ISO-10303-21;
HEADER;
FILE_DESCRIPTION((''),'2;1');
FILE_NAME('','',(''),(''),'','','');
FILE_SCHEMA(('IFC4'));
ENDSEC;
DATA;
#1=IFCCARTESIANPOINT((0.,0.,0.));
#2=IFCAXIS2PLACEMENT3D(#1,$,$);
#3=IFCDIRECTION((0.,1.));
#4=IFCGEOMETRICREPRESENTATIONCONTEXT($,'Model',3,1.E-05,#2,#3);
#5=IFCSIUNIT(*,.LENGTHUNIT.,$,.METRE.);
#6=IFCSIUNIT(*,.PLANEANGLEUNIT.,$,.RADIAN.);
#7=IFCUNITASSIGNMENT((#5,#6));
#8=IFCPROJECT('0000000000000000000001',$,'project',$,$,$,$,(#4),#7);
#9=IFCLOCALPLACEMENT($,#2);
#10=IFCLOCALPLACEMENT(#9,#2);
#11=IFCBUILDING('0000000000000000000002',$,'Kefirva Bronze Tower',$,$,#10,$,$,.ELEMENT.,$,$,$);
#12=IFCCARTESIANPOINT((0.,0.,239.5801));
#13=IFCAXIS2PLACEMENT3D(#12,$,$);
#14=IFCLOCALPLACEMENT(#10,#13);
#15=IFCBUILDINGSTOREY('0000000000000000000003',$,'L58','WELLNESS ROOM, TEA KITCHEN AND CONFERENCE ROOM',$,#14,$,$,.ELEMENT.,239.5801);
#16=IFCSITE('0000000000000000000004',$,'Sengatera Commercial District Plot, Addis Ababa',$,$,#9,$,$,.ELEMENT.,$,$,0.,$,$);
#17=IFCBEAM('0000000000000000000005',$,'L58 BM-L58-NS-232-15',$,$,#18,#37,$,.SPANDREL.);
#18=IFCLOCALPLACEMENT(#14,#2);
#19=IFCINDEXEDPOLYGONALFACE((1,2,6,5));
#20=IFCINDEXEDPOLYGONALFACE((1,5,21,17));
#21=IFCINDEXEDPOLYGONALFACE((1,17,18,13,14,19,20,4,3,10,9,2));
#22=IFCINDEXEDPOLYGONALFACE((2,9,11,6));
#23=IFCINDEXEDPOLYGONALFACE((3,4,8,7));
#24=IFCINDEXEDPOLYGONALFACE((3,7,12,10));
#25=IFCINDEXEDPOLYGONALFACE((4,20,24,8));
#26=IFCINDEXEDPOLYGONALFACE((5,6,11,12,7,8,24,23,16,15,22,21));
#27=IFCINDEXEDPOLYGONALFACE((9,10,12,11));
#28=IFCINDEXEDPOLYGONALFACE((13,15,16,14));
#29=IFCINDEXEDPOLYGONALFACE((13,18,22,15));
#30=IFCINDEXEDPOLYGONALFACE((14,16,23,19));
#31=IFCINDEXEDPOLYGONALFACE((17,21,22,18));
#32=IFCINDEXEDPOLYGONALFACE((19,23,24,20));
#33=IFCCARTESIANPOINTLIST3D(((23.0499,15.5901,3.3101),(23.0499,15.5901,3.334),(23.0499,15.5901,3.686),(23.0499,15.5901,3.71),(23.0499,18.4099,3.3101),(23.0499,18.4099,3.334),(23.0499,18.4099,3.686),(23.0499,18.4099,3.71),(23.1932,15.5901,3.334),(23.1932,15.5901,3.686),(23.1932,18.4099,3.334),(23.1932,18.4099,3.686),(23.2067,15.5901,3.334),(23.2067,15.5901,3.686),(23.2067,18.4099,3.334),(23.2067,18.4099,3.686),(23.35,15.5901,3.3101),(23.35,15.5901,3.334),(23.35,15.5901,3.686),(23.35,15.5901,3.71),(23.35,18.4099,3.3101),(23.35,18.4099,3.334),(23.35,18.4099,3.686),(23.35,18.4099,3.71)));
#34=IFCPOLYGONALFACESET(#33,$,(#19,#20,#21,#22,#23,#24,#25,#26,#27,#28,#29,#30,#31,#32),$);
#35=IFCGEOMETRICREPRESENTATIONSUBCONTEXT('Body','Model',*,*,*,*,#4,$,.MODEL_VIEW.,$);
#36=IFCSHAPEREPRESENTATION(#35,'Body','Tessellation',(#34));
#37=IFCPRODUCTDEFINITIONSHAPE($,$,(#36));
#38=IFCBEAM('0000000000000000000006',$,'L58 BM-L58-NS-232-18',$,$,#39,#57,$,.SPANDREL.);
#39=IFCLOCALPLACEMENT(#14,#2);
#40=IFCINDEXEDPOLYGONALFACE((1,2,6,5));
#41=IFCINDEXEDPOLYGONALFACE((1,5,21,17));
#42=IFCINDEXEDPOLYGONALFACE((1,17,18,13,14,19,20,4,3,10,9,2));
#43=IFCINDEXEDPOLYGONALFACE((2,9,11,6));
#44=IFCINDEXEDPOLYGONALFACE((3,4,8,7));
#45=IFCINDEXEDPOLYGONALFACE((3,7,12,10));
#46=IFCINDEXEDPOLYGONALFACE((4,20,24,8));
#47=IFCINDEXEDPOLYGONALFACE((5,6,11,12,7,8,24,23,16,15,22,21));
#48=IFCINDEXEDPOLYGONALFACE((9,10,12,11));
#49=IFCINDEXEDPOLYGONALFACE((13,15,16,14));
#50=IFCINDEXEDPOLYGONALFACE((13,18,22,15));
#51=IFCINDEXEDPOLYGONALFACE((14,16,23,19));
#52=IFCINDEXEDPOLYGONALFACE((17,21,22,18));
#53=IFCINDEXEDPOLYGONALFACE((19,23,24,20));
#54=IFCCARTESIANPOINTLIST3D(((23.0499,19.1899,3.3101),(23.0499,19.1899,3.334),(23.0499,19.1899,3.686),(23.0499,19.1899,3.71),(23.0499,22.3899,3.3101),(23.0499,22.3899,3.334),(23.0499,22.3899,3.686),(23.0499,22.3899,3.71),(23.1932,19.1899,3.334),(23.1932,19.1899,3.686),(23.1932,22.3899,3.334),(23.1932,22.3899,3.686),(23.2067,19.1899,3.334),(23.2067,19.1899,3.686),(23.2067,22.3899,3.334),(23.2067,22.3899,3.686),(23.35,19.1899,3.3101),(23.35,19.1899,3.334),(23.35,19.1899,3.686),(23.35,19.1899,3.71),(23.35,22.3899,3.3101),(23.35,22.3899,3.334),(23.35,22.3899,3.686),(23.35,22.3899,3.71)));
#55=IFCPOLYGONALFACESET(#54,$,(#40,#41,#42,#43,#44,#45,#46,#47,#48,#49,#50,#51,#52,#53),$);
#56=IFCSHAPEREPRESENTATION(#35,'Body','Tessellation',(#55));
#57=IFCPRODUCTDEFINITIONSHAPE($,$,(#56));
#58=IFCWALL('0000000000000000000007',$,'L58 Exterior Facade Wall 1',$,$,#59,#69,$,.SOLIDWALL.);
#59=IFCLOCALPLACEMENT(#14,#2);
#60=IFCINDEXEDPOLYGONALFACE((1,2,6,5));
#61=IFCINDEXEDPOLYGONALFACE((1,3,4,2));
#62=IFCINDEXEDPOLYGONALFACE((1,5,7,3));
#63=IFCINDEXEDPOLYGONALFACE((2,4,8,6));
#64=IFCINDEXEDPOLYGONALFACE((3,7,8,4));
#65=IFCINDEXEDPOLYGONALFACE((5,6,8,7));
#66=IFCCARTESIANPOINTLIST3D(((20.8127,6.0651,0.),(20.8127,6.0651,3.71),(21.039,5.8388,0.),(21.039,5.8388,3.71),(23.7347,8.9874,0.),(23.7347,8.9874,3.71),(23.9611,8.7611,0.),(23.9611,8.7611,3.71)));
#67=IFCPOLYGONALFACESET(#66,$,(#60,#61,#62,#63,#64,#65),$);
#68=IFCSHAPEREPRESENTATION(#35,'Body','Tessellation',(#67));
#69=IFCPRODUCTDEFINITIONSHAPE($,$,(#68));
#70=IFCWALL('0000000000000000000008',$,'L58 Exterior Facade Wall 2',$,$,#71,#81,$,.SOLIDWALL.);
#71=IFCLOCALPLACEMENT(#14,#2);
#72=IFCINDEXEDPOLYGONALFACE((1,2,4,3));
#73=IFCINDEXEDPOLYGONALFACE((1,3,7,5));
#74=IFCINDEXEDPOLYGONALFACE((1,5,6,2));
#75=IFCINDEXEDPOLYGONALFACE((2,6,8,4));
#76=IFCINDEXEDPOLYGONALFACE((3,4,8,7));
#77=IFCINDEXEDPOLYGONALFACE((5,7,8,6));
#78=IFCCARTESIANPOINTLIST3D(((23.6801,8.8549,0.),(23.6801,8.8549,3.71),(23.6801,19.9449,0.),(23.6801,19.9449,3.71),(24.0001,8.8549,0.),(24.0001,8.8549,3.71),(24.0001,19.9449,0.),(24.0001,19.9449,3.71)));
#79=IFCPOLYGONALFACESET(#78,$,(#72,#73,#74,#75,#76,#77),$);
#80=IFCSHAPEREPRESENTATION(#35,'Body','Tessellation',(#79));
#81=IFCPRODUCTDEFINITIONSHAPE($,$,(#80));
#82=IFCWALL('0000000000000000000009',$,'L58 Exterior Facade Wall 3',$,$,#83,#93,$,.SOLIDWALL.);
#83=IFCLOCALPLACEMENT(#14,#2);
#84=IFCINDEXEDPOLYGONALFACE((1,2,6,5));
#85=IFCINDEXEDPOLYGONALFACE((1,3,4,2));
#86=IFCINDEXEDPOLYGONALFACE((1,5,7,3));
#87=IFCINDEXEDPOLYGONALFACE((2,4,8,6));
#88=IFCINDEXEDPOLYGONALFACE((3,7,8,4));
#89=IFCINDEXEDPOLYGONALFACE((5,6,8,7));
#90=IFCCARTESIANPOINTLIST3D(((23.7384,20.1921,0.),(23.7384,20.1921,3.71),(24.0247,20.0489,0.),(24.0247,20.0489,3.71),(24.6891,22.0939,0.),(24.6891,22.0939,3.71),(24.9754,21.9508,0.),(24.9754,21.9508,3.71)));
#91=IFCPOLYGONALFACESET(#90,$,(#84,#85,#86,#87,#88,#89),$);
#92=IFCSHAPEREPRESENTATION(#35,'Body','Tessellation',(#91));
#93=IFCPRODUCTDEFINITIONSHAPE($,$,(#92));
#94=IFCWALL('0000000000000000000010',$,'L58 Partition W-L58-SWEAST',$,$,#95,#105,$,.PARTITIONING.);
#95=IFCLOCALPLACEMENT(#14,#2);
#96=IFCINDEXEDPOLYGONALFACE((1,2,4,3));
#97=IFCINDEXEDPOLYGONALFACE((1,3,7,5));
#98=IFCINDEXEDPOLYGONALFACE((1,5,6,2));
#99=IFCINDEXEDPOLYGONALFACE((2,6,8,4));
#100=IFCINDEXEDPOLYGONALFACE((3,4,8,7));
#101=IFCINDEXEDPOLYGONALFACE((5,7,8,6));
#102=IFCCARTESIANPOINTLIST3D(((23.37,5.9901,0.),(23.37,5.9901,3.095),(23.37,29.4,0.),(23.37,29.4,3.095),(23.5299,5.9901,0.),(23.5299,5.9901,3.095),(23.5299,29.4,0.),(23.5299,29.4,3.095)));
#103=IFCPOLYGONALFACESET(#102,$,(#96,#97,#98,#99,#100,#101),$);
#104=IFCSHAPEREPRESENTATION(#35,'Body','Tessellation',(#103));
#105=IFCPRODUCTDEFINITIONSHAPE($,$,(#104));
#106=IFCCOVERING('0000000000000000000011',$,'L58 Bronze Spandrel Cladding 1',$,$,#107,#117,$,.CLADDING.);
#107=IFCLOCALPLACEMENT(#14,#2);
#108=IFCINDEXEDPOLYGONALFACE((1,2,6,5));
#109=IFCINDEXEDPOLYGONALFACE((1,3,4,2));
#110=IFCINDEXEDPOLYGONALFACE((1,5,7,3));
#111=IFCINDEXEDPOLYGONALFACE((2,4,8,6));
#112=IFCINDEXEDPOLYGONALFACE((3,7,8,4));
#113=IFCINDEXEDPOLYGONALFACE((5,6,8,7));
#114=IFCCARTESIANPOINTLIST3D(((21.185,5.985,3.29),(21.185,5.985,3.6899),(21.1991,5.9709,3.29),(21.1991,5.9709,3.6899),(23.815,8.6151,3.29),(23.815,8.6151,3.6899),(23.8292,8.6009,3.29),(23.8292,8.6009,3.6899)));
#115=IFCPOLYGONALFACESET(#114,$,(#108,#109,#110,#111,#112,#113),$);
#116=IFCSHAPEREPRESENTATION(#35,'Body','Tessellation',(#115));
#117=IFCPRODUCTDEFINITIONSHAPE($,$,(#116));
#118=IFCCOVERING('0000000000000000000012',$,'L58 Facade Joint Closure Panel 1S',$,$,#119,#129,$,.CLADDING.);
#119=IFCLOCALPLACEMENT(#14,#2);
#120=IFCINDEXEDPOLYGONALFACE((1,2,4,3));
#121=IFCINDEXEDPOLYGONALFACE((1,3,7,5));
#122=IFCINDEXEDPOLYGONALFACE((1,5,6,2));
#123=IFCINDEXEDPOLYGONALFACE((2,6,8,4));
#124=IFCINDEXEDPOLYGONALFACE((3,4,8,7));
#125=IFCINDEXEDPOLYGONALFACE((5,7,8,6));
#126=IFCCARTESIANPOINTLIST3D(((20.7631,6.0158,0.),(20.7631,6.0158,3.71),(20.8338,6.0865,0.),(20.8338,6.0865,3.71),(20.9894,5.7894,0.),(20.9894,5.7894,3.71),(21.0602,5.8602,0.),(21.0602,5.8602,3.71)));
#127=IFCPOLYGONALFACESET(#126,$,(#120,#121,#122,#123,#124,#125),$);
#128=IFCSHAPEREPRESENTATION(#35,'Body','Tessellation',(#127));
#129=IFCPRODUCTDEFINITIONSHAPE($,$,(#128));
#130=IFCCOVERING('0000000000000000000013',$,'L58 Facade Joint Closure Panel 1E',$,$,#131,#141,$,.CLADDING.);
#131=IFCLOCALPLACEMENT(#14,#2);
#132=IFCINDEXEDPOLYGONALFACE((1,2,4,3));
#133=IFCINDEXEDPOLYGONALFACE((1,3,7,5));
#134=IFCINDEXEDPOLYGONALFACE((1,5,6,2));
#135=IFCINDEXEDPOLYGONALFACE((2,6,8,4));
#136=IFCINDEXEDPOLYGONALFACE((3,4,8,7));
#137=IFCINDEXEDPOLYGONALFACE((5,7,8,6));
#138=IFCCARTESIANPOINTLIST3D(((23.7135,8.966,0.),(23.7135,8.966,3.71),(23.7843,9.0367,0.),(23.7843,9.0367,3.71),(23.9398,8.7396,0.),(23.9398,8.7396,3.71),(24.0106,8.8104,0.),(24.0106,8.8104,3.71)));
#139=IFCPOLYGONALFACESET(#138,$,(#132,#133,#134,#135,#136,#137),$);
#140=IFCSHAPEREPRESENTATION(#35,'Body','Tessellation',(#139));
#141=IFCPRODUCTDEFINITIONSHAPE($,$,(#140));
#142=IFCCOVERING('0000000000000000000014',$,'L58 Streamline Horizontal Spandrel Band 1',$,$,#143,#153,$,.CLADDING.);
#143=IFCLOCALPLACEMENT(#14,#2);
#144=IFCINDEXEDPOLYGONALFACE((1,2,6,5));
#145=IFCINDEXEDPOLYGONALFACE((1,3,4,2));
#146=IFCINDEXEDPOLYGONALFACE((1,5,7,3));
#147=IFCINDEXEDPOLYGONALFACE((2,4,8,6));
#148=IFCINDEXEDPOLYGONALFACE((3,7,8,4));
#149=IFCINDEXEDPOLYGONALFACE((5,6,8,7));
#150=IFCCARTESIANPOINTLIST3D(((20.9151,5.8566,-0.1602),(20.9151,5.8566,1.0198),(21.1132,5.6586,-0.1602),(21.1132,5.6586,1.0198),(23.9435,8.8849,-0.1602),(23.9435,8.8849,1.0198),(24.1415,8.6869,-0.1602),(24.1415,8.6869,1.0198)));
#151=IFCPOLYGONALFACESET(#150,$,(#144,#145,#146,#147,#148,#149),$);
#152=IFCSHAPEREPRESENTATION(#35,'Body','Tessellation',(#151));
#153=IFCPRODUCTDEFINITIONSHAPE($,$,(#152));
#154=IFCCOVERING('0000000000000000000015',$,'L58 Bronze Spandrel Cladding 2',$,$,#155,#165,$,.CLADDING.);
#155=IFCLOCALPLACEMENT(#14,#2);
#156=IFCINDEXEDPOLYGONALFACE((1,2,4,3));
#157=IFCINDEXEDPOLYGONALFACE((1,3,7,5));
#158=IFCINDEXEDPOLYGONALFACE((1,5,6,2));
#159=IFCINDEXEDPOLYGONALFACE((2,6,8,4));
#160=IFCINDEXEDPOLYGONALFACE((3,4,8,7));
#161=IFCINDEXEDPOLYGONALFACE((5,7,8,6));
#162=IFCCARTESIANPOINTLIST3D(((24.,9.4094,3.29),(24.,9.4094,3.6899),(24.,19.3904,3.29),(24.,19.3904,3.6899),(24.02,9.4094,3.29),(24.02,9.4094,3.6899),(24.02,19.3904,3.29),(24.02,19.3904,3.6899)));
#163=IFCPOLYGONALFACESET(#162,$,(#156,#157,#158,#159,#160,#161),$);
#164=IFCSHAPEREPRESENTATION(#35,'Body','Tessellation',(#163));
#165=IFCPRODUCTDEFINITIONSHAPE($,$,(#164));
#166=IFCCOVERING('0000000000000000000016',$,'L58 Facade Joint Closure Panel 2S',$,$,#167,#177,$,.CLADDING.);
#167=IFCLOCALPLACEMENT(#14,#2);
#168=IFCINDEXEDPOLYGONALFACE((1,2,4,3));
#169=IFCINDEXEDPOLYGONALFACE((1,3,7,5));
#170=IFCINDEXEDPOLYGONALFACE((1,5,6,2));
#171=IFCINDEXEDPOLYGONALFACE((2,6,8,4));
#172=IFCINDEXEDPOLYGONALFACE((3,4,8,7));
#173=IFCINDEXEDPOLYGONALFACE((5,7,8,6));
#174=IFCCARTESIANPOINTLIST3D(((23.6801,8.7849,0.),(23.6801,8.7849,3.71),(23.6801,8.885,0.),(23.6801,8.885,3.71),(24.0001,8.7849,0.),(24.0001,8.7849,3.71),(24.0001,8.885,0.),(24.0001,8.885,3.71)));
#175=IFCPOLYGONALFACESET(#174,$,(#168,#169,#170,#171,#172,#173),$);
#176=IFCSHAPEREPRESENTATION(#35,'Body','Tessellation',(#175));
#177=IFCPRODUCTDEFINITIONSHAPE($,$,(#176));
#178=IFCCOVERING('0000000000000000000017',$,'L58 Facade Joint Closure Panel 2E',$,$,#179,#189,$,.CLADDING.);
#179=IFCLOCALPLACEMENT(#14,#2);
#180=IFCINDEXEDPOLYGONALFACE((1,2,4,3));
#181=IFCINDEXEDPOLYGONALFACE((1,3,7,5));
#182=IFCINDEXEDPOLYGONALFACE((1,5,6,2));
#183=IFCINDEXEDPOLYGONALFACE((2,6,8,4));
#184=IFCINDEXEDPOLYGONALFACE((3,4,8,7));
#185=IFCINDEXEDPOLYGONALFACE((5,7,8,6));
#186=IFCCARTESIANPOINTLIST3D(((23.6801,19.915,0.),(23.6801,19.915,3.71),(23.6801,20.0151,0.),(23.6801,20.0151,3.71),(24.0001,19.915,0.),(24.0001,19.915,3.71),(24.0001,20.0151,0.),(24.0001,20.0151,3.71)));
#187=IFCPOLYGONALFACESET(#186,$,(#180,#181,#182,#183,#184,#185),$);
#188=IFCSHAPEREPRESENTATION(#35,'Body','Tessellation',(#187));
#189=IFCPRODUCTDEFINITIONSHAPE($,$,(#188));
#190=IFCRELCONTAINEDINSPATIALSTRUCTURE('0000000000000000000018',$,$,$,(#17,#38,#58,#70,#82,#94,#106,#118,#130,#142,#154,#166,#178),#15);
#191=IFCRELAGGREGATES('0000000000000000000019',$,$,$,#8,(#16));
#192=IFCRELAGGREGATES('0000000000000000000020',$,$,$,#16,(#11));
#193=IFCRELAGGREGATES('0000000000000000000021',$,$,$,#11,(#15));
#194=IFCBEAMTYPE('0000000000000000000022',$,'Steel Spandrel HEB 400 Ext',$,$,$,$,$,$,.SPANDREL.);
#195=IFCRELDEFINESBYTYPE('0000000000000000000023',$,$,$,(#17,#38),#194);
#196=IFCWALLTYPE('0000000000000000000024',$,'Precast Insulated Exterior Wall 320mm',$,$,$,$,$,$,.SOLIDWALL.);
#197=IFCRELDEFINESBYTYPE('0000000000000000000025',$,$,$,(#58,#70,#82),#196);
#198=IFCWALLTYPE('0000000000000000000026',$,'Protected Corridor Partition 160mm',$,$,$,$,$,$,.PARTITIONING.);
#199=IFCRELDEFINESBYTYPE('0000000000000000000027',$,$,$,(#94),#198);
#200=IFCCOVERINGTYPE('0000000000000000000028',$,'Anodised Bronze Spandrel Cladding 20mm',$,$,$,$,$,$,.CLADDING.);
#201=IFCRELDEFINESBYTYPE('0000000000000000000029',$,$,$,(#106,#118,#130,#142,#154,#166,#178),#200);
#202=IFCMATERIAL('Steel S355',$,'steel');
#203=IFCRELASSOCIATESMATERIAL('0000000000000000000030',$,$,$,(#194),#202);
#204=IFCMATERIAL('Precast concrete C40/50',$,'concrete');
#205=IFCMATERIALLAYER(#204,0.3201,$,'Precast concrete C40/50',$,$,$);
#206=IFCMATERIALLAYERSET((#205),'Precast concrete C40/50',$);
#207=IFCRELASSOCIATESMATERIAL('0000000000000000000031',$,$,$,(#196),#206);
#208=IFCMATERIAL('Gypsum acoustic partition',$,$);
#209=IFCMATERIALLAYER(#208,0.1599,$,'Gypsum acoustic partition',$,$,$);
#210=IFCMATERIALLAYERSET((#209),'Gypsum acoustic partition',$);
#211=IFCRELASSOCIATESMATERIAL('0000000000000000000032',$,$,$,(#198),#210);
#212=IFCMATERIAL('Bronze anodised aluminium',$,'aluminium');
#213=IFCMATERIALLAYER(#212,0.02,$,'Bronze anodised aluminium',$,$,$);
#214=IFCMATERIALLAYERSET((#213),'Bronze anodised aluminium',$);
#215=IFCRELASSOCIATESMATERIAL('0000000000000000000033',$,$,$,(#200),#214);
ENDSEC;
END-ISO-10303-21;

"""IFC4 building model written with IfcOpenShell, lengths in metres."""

from ifc_helpers import new_model, si_unit, direction, frame, frame_2d, origin, origin_2d, place, context, subcontext, project, spatial, rectangle, i_section, extrude, material, layer, layer_set, material_profile, profile_set, type_object, element, save


model = new_model("IFC4")

# Units and contexts
model_context = context("Model", 3, precision=1e-05, world=origin(), true_north=direction((0.0, 1.0)))
body_context = subcontext(model_context, "Body", "Model", "MODEL_VIEW")
ifc_project = project(units=[si_unit("LENGTHUNIT", "METRE"), si_unit("PLANEANGLEUNIT", "RADIAN")], contexts=[model_context])

# Site, building, storey
site_placement = place(None, origin())
site = spatial("IfcSite", under=ifc_project, at=site_placement, Name="Sengatera Commercial District Plot, Addis Ababa", CompositionType="ELEMENT", RefElevation=0.0)
building_placement = place(site_placement, origin())
building = spatial("IfcBuilding", under=site, at=building_placement, Name="Kefirva Bronze Tower", CompositionType="ELEMENT")
storey_placement = place(building_placement, frame((0.0, 0.0, 239.5801)))
storey = spatial("IfcBuildingStorey", under=building, at=storey_placement, Name="L58", Description="WELLNESS ROOM, TEA KITCHEN AND CONFERENCE ROOM", CompositionType="ELEMENT", Elevation=239.5801)

# Shared definitions
ifc_material_1 = material(Name="Bronze anodised aluminium", Category="aluminium")

# Beams
ifc_material_2 = material(Name="Steel S355", Category="steel")
ifc_material_profile_1 = material_profile(ifc_material_2, i_section(OverallWidth=0.3, OverallDepth=0.3999, WebThickness=0.0134, FlangeThickness=0.0239, at=origin_2d()), Name="HEB 400")
ifc_profile_set_1 = profile_set([ifc_material_profile_1], Name="Steel S355")
beam_type_1 = type_object("IfcBeamType", Name="Steel Spandrel HEB 400 Ext", PredefinedType="SPANDREL", material=ifc_profile_set_1)
beam_1_placement = place(storey_placement, frame((23.2, 15.5901, 3.51), z_axis=(0.0, 1.0, 0.0), x_axis=(-1.0, 0.0, 0.0)))
element("IfcBeam", 1, at=beam_1_placement, inside=storey, type_object=beam_type_1, Name="L58 BM-L58-NS-232-15", PredefinedType="SPANDREL", context=body_context, shape_type="SweptSolid", body=[
    extrude(i_section(OverallWidth=0.3, OverallDepth=0.3999, WebThickness=0.0134, FlangeThickness=0.0239, at=origin_2d()), origin(), (0.0, 0.0, 1.0), 2.8198),
])
beam_2_placement = place(storey_placement, frame((23.2, 19.1899, 3.51), z_axis=(0.0, 1.0, 0.0), x_axis=(-1.0, 0.0, 0.0)))
element("IfcBeam", 2, at=beam_2_placement, inside=storey, type_object=beam_type_1, Name="L58 BM-L58-NS-232-18", PredefinedType="SPANDREL", context=body_context, shape_type="SweptSolid", body=[
    extrude(i_section(OverallWidth=0.3, OverallDepth=0.3999, WebThickness=0.0134, FlangeThickness=0.0239, at=origin_2d()), origin(), (0.0, 0.0, 1.0), 3.2),
])

# Walls
ifc_material_3 = material(Name="Precast concrete C40/50", Category="concrete")
ifc_layer_1 = layer(ifc_material_3, 0.3201, Name="Precast concrete C40/50")
ifc_layer_set_1 = layer_set([ifc_layer_1], Name="Precast concrete C40/50")
wall_type_1 = type_object("IfcWallType", Name="Precast Insulated Exterior Wall 320mm", PredefinedType="SOLIDWALL", material=ifc_layer_set_1)
wall_1_placement = place(storey_placement, frame((20.9258, 5.9519, 0.0), z_axis=(0.0, 0.0, 1.0), x_axis=(0.707077, 0.707136, 0.0)))
element("IfcWall", 3, at=wall_1_placement, inside=storey, type_object=wall_type_1, Name="L58 Exterior Facade Wall 1", PredefinedType="SOLIDWALL", context=body_context, shape_type="SweptSolid", body=[
    extrude(rectangle(XDim=4.1326, YDim=0.3201, at=frame_2d((2.0664, 0.0))), origin(), (0.0, 0.0, 1.0), 3.71),
])
wall_2_placement = place(storey_placement, frame((23.8401, 8.855, 0.0), z_axis=(0.0, 0.0, 1.0), x_axis=(0.0, 1.0, 0.0)))
element("IfcWall", 4, at=wall_2_placement, inside=storey, type_object=wall_type_1, Name="L58 Exterior Facade Wall 2", PredefinedType="SOLIDWALL", context=body_context, shape_type="SweptSolid", body=[
    extrude(rectangle(XDim=11.0901, YDim=0.3201, at=frame_2d((5.5449, 0.0))), origin(), (0.0, 0.0, 1.0), 3.71),
])
wall_3_placement = place(storey_placement, frame((23.8816, 20.1206, 0.0), z_axis=(0.0, 0.0, 1.0), x_axis=(0.447122, 0.894473, 0.0)))
element("IfcWall", 5, at=wall_3_placement, inside=storey, type_object=wall_type_1, Name="L58 Exterior Facade Wall 3", PredefinedType="SOLIDWALL", context=body_context, shape_type="SweptSolid", body=[
    extrude(rectangle(XDim=2.1262, YDim=0.3201, at=frame_2d((1.063, 0.0))), origin(), (0.0, 0.0, 1.0), 3.71),
])
ifc_material_4 = material(Name="Gypsum acoustic partition")
ifc_layer_2 = layer(ifc_material_4, 0.1599, Name="Gypsum acoustic partition")
ifc_layer_set_2 = layer_set([ifc_layer_2], Name="Gypsum acoustic partition")
wall_type_2 = type_object("IfcWallType", Name="Protected Corridor Partition 160mm", PredefinedType="PARTITIONING", material=ifc_layer_set_2)
wall_4_placement = place(storey_placement, frame((23.45, 5.99, 0.0), z_axis=(0.0, 0.0, 1.0), x_axis=(0.0, 1.0, 0.0)))
element("IfcWall", 6, at=wall_4_placement, inside=storey, type_object=wall_type_2, Name="L58 Partition W-L58-SWEAST", PredefinedType="PARTITIONING", context=body_context, shape_type="SweptSolid", body=[
    extrude(rectangle(XDim=23.4099, YDim=0.1599, at=frame_2d((11.7051, 0.0))), origin(), (0.0, 0.0, 1.0), 3.095),
])

# Coverings
ifc_layer_3 = layer(ifc_material_1, 0.02, Name="Bronze anodised aluminium")
ifc_layer_set_3 = layer_set([ifc_layer_3], Name="Bronze anodised aluminium")
covering_type_1 = type_object("IfcCoveringType", Name="Anodised Bronze Spandrel Cladding 20mm", PredefinedType="CLADDING", material=ifc_layer_set_3)
covering_1_placement = place(storey_placement, frame((22.5071, 7.293, 3.29), z_axis=(0.0, 0.0, 1.0), x_axis=(0.707107, 0.707107, 0.0)))
element("IfcCovering", 7, at=covering_1_placement, inside=storey, type_object=covering_type_1, Name="L58 Bronze Spandrel Cladding 1", PredefinedType="CLADDING", context=body_context, shape_type="SweptSolid", body=[
    extrude(rectangle(XDim=3.7195, YDim=0.02, at=origin_2d()), origin(), (0.0, 0.0, 1.0), 0.3999),
])
for number, where, z_axis, x_axis, name in (
    (8, (20.9116, 5.938, 0.0), (0.0, 0.0, 1.0), (0.707107, 0.707107, 0.0), "L58 Facade Joint Closure Panel 1S"),
    (9, (23.8621, 8.8882, 0.0), (0.0, 0.0, 1.0), (0.707107, 0.707107, 0.0), "L58 Facade Joint Closure Panel 1E"),
):
    element("IfcCovering", number, at=place(storey_placement, frame(where, z_axis=z_axis, x_axis=x_axis)), inside=storey, type_object=covering_type_1, Name=name, PredefinedType="CLADDING", context=body_context, shape_type="SweptSolid", body=[
        extrude(rectangle(XDim=0.1001, YDim=0.3201, at=origin_2d()), origin(), (0.0, 0.0, 1.0), 3.71),
    ])
covering_2_placement = place(storey_placement, frame((22.5283, 7.2717, -0.1602), z_axis=(0.0, 0.0, 1.0), x_axis=(0.707107, 0.707107, 0.0)))
element("IfcCovering", 10, at=covering_2_placement, inside=storey, type_object=covering_type_1, Name="L58 Streamline Horizontal Spandrel Band 1", PredefinedType="CLADDING", context=body_context, shape_type="SweptSolid", body=[
    extrude(rectangle(XDim=4.2827, YDim=0.28, at=origin_2d()), origin(), (0.0, 0.0, 1.0), 1.1799),
])
covering_3_placement = place(storey_placement, frame((24.01, 14.3999, 3.29), z_axis=(0.0, 0.0, 1.0), x_axis=(0.0, 1.0, 0.0)))
element("IfcCovering", 11, at=covering_3_placement, inside=storey, type_object=covering_type_1, Name="L58 Bronze Spandrel Cladding 2", PredefinedType="CLADDING", context=body_context, shape_type="SweptSolid", body=[
    extrude(rectangle(XDim=9.981, YDim=0.02, at=origin_2d()), origin(), (0.0, 0.0, 1.0), 0.3999),
])
for number, where, z_axis, x_axis, name in (
    (12, (23.8401, 8.835, 0.0), (0.0, 0.0, 1.0), (0.0, 1.0, 0.0), "L58 Facade Joint Closure Panel 2S"),
    (13, (23.8401, 19.9651, 0.0), (0.0, 0.0, 1.0), (0.0, 1.0, 0.0), "L58 Facade Joint Closure Panel 2E"),
):
    element("IfcCovering", number, at=place(storey_placement, frame(where, z_axis=z_axis, x_axis=x_axis)), inside=storey, type_object=covering_type_1, Name=name, PredefinedType="CLADDING", context=body_context, shape_type="SweptSolid", body=[
        extrude(rectangle(XDim=0.1001, YDim=0.3201, at=origin_2d()), origin(), (0.0, 0.0, 1.0), 3.71),
    ])

save(model, "model.ifc")
